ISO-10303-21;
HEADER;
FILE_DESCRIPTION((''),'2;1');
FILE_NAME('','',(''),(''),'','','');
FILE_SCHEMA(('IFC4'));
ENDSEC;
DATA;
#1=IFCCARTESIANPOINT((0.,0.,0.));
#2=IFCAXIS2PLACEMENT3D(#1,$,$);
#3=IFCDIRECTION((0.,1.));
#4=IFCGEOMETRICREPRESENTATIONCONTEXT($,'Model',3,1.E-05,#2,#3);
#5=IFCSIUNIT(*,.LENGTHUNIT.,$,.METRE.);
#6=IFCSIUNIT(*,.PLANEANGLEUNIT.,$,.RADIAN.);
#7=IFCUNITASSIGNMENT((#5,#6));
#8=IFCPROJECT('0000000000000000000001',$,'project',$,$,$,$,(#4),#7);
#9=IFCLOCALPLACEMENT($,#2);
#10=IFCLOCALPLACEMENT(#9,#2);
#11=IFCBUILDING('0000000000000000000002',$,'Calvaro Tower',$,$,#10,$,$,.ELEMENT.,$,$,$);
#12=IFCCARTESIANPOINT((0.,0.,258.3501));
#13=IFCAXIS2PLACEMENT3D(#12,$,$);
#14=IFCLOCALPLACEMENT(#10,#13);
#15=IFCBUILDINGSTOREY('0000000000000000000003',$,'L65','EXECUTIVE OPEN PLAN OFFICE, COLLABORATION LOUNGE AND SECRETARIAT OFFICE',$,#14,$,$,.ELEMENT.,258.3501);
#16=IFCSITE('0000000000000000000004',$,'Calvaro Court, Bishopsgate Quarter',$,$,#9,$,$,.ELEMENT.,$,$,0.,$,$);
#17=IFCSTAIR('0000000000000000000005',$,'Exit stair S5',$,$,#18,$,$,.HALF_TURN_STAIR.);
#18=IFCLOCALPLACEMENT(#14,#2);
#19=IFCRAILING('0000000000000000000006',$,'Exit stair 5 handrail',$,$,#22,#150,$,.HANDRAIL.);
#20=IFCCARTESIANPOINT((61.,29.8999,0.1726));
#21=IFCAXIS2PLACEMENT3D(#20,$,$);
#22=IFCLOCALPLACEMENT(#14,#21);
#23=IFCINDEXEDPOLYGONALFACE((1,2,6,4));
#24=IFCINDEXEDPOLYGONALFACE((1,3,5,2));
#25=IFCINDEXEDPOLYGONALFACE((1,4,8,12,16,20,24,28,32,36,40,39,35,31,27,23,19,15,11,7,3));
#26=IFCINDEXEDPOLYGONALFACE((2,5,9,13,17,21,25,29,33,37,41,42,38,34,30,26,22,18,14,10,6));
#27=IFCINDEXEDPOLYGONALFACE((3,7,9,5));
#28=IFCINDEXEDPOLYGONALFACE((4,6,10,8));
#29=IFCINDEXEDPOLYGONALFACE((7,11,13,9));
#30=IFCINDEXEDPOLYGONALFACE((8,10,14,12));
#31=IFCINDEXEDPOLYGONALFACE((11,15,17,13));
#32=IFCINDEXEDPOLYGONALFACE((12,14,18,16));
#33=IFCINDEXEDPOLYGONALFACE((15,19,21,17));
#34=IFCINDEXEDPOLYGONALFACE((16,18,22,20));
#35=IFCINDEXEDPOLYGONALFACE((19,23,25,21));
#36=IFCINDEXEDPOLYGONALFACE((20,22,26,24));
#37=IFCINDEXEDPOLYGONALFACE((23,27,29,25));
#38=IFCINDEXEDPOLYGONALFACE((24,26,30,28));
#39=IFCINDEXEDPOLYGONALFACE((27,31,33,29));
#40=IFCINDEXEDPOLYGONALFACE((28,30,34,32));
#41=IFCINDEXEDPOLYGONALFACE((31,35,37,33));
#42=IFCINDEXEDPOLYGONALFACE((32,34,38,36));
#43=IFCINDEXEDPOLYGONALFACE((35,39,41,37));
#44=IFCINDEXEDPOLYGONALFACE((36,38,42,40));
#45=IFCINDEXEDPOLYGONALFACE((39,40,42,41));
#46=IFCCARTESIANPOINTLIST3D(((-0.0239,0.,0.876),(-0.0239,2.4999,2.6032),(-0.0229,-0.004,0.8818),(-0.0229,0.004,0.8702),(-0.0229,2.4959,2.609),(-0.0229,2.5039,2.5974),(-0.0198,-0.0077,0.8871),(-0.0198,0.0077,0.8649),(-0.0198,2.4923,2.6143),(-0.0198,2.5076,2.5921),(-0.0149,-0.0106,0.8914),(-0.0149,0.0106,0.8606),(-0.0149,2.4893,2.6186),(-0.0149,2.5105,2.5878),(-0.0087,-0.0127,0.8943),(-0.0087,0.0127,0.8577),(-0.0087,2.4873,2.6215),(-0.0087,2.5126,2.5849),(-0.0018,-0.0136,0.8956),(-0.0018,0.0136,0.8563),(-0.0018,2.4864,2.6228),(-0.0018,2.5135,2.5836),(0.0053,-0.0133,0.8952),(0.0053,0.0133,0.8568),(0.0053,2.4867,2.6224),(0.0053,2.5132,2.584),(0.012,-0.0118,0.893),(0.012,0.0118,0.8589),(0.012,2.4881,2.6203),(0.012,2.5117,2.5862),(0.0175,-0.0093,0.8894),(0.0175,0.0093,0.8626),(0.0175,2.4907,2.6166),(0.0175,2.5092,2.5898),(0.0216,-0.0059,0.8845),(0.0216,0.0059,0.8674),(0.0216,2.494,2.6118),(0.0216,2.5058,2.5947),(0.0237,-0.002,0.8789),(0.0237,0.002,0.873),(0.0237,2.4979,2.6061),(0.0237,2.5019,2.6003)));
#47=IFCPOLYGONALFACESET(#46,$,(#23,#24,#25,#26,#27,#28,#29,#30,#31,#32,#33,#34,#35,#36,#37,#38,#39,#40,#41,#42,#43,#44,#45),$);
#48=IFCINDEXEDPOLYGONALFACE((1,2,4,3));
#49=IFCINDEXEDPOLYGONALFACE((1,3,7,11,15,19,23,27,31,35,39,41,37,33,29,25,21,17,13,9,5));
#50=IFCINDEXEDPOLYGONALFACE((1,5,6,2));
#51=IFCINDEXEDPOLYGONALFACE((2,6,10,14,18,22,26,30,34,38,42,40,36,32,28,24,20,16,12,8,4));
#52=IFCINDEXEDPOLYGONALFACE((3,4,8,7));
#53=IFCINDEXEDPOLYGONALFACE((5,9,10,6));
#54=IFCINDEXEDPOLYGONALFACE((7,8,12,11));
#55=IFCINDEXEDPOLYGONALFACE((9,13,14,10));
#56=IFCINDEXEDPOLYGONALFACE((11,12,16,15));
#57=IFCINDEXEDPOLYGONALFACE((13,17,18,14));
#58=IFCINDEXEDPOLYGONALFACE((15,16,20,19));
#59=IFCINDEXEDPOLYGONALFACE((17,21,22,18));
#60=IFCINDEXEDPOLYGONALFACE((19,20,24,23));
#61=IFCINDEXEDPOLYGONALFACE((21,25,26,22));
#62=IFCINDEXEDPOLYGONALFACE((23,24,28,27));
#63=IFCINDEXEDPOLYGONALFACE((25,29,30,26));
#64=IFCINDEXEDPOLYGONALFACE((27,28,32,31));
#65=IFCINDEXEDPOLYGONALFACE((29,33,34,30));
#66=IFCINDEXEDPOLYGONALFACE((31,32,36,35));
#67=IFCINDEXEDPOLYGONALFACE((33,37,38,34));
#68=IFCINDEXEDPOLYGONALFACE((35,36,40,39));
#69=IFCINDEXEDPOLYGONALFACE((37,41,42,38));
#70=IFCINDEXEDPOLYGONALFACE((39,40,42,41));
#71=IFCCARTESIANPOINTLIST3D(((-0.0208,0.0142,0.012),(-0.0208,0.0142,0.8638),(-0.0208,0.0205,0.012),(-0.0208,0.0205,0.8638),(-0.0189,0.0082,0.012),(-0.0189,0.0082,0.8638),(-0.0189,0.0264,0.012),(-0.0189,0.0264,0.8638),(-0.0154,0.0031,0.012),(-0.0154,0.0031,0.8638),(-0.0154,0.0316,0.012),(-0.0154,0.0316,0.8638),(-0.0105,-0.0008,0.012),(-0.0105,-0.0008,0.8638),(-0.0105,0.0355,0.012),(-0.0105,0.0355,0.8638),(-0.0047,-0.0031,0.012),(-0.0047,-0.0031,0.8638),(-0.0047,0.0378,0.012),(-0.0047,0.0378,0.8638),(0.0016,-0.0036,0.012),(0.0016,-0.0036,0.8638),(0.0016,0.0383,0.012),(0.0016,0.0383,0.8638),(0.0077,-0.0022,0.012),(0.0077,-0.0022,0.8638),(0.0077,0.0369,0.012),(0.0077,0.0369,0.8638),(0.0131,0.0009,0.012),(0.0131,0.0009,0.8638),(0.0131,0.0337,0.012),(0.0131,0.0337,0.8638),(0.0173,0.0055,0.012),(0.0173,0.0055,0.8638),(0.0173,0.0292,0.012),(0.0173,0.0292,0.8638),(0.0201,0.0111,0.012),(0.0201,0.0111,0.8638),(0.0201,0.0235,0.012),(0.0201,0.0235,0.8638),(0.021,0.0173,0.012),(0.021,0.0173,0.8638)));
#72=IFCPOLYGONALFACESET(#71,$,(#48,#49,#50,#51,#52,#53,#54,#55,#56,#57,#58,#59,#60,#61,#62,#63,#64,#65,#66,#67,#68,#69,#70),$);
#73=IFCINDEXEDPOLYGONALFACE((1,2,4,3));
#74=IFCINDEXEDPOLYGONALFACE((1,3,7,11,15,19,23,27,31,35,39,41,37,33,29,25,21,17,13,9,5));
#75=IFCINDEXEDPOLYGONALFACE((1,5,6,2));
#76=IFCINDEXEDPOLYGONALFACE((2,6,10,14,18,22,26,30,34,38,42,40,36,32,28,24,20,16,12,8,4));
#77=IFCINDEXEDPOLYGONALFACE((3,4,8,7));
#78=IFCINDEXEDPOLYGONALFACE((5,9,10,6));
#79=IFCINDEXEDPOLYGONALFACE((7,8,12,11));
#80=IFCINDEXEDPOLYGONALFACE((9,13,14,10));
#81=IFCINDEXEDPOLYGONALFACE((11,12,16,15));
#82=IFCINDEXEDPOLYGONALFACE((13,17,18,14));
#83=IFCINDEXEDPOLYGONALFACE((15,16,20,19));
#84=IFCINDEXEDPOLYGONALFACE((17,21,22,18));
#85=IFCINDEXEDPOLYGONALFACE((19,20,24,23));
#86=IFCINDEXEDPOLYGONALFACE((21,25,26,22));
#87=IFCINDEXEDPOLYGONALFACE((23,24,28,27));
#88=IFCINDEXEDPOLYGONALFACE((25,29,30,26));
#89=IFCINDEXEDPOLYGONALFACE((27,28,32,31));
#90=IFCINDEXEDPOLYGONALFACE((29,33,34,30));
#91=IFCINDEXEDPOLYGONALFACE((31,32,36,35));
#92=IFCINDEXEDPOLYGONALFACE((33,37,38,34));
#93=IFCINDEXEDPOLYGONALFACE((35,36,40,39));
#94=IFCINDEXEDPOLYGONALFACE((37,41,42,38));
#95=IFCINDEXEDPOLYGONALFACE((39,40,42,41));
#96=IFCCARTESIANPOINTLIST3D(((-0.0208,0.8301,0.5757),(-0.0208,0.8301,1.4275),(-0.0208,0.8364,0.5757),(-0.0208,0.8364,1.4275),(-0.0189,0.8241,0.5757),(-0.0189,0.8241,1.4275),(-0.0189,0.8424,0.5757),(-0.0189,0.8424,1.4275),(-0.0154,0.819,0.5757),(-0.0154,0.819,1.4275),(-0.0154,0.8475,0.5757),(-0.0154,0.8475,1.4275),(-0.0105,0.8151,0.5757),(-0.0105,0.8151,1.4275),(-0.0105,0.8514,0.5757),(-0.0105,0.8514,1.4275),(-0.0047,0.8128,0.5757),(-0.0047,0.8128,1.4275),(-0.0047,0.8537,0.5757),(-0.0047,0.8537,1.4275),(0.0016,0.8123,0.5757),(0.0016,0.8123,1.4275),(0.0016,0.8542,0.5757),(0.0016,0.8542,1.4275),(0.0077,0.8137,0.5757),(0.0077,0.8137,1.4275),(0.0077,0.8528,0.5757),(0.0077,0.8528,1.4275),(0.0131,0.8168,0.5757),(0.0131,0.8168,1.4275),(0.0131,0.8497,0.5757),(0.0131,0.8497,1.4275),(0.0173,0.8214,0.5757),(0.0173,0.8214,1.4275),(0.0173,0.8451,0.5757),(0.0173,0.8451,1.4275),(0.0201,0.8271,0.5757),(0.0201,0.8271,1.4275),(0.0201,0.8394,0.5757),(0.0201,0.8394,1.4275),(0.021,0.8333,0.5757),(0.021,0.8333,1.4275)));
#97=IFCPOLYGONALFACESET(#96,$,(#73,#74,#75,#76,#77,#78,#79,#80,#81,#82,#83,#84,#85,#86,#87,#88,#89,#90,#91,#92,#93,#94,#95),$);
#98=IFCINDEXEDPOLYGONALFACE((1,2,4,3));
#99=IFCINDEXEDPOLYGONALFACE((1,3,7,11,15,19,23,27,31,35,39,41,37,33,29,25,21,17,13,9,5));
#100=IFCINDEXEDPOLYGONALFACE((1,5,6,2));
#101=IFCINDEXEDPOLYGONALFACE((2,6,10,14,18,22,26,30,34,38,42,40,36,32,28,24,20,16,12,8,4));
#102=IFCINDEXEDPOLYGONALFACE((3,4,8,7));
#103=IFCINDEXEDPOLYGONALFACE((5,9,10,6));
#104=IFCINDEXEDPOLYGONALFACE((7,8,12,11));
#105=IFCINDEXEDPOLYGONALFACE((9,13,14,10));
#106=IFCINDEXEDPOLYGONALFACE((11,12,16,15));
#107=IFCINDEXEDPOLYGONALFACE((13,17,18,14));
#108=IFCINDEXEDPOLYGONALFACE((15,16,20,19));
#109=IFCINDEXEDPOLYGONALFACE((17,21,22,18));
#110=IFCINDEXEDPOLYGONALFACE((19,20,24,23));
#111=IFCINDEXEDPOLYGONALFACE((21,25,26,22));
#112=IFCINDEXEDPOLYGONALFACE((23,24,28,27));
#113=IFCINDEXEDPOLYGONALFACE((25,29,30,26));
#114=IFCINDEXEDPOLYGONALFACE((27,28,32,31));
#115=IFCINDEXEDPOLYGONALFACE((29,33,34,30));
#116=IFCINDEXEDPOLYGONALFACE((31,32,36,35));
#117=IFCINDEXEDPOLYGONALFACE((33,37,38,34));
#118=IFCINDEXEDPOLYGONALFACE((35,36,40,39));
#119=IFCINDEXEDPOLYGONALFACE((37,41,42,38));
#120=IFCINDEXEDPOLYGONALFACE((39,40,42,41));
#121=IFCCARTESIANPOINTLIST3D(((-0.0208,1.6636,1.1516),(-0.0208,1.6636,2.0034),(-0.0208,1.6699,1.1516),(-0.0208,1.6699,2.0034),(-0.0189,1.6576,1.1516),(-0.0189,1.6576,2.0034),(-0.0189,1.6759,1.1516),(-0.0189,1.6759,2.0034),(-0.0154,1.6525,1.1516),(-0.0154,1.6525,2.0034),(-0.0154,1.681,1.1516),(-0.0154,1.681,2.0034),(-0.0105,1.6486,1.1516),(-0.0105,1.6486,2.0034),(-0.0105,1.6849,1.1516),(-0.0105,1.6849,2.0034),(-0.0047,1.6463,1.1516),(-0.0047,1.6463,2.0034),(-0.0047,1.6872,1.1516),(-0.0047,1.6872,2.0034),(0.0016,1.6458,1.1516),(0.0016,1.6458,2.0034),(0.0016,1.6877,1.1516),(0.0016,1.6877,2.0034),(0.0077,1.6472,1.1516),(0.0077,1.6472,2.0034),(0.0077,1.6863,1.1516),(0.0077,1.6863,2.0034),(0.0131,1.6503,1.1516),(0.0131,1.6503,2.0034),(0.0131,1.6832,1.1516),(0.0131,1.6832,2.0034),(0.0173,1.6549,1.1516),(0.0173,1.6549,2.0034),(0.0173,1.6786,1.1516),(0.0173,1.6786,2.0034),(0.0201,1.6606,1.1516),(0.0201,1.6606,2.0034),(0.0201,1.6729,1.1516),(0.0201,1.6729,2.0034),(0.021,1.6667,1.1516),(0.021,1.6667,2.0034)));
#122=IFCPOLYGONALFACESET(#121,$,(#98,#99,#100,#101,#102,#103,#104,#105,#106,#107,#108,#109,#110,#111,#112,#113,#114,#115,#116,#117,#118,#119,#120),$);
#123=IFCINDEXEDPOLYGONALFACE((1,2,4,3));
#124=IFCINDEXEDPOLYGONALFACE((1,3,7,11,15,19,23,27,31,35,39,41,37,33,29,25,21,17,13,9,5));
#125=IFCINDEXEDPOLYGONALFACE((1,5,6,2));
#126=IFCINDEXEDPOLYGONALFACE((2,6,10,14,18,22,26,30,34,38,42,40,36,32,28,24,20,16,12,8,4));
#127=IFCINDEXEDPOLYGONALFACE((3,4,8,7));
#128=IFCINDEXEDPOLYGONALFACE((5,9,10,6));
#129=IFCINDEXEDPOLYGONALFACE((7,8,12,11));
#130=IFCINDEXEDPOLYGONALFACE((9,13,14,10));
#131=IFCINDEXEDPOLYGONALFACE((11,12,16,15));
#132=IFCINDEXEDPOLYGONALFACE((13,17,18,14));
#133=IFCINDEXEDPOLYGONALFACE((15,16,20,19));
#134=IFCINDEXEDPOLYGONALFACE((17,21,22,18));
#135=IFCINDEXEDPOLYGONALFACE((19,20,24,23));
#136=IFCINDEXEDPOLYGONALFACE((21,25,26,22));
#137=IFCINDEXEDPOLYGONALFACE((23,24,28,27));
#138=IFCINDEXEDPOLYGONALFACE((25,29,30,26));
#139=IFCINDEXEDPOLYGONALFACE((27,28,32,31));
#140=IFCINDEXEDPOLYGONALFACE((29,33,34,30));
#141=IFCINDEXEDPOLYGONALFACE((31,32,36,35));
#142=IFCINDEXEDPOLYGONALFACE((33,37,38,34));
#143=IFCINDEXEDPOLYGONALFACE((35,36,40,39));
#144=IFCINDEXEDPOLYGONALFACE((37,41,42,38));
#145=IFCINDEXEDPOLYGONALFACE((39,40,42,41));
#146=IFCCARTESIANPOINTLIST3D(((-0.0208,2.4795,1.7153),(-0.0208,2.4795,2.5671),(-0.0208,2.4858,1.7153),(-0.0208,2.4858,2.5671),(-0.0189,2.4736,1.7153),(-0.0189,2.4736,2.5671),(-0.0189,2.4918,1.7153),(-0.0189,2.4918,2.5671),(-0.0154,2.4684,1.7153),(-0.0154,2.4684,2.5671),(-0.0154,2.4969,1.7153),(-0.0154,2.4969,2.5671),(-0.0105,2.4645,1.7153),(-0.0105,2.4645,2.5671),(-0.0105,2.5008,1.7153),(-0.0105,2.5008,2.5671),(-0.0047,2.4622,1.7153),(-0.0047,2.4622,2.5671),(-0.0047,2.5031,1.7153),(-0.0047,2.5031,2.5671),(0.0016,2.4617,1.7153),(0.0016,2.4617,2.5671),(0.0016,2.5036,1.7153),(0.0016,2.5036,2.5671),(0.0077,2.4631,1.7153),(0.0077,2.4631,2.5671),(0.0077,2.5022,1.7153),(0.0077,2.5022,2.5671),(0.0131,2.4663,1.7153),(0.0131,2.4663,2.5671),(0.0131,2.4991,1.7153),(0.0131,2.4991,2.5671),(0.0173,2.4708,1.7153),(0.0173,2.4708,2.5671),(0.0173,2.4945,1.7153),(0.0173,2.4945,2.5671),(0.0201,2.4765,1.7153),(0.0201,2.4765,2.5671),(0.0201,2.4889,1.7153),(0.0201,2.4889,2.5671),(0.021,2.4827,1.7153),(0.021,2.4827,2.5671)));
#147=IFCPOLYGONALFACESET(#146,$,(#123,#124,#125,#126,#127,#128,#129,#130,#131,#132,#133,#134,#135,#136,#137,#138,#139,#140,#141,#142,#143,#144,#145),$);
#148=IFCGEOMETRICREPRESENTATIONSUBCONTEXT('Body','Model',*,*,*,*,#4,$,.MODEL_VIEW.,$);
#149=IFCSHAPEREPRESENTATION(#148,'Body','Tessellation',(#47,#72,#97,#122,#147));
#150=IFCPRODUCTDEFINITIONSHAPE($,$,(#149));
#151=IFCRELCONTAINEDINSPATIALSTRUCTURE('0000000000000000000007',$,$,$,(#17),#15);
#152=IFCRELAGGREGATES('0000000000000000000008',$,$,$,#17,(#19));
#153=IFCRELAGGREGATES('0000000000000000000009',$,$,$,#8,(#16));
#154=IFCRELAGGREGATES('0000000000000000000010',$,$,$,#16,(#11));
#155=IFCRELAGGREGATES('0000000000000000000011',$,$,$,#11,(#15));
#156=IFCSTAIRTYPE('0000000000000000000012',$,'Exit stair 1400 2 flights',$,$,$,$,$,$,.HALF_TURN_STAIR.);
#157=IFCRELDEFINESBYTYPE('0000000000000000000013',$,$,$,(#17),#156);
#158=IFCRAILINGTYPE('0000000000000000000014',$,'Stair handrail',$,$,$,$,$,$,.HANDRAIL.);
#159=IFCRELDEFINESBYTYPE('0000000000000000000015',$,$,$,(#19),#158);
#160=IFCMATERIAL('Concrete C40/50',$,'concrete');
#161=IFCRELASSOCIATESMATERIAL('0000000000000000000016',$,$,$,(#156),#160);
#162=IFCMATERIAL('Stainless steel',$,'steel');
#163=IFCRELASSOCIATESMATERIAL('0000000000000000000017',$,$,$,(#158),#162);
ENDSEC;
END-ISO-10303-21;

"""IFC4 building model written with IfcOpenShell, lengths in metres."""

from ifc_helpers import new_model, si_unit, direction, frame, origin, origin_2d, place, context, subcontext, project, spatial, circle, extrude, material, type_object, element, aggregate, save


model = new_model("IFC4")

# Units and contexts
model_context = context("Model", 3, precision=1e-05, world=origin(), true_north=direction((0.0, 1.0)))
body_context = subcontext(model_context, "Body", "Model", "MODEL_VIEW")
ifc_project = project(units=[si_unit("LENGTHUNIT", "METRE"), si_unit("PLANEANGLEUNIT", "RADIAN")], contexts=[model_context])

# Site, building, storey
site_placement = place(None, origin())
site = spatial("IfcSite", under=ifc_project, at=site_placement, Name="Calvaro Court, Bishopsgate Quarter", CompositionType="ELEMENT", RefElevation=0.0)
building_placement = place(site_placement, origin())
building = spatial("IfcBuilding", under=site, at=building_placement, Name="Calvaro Tower", CompositionType="ELEMENT")
storey_placement = place(building_placement, frame((0.0, 0.0, 258.3501)))
storey = spatial("IfcBuildingStorey", under=building, at=storey_placement, Name="L65", Description="EXECUTIVE OPEN PLAN OFFICE, COLLABORATION LOUNGE AND SECRETARIAT OFFICE", CompositionType="ELEMENT", Elevation=258.3501)

# Shared definitions
ifc_material_1 = material(Name="Concrete C40/50", Category="concrete")
stair_type = type_object("IfcStairType", Name="Exit stair 1400 2 flights", PredefinedType="HALF_TURN_STAIR", material=ifc_material_1)

# Stair
stair_1_placement = place(storey_placement, origin())
stair_1 = element("IfcStair", 1, at=stair_1_placement, inside=storey, type_object=stair_type, Name="Exit stair S5", PredefinedType="HALF_TURN_STAIR")

# Railing
ifc_material_2 = material(Name="Stainless steel", Category="steel")
railing_type = type_object("IfcRailingType", Name="Stair handrail", PredefinedType="HANDRAIL", material=ifc_material_2)
railing_1_placement = place(storey_placement, frame((61.0, 29.8999, 0.1726)))
railing_1 = element("IfcRailing", 2, at=railing_1_placement, type_object=railing_type, Name="Exit stair 5 handrail", PredefinedType="HANDRAIL", context=body_context, shape_type="SweptSolid", body=[
    extrude(circle(Radius=0.0239, at=origin_2d()), frame((0.0, 0.0, 0.876), z_axis=(0.0, 0.822727, 0.568437), x_axis=(-1.0, 0.0, 0.0)), (0.0, 0.0, 1.0), 3.0386),
    extrude(circle(Radius=0.021, at=origin_2d()), frame((0.0, 0.0173, 0.012)), (0.0, 0.0, 1.0), 0.8518),
    extrude(circle(Radius=0.021, at=origin_2d()), frame((0.0, 0.8333, 0.5757)), (0.0, 0.0, 1.0), 0.8518),
    extrude(circle(Radius=0.021, at=origin_2d()), frame((0.0, 1.6667, 1.1516)), (0.0, 0.0, 1.0), 0.8518),
    extrude(circle(Radius=0.021, at=origin_2d()), frame((0.0, 2.4827, 1.7153)), (0.0, 0.0, 1.0), 0.8518),
])
aggregate(stair_1, [railing_1])

save(model, "model.ifc")
